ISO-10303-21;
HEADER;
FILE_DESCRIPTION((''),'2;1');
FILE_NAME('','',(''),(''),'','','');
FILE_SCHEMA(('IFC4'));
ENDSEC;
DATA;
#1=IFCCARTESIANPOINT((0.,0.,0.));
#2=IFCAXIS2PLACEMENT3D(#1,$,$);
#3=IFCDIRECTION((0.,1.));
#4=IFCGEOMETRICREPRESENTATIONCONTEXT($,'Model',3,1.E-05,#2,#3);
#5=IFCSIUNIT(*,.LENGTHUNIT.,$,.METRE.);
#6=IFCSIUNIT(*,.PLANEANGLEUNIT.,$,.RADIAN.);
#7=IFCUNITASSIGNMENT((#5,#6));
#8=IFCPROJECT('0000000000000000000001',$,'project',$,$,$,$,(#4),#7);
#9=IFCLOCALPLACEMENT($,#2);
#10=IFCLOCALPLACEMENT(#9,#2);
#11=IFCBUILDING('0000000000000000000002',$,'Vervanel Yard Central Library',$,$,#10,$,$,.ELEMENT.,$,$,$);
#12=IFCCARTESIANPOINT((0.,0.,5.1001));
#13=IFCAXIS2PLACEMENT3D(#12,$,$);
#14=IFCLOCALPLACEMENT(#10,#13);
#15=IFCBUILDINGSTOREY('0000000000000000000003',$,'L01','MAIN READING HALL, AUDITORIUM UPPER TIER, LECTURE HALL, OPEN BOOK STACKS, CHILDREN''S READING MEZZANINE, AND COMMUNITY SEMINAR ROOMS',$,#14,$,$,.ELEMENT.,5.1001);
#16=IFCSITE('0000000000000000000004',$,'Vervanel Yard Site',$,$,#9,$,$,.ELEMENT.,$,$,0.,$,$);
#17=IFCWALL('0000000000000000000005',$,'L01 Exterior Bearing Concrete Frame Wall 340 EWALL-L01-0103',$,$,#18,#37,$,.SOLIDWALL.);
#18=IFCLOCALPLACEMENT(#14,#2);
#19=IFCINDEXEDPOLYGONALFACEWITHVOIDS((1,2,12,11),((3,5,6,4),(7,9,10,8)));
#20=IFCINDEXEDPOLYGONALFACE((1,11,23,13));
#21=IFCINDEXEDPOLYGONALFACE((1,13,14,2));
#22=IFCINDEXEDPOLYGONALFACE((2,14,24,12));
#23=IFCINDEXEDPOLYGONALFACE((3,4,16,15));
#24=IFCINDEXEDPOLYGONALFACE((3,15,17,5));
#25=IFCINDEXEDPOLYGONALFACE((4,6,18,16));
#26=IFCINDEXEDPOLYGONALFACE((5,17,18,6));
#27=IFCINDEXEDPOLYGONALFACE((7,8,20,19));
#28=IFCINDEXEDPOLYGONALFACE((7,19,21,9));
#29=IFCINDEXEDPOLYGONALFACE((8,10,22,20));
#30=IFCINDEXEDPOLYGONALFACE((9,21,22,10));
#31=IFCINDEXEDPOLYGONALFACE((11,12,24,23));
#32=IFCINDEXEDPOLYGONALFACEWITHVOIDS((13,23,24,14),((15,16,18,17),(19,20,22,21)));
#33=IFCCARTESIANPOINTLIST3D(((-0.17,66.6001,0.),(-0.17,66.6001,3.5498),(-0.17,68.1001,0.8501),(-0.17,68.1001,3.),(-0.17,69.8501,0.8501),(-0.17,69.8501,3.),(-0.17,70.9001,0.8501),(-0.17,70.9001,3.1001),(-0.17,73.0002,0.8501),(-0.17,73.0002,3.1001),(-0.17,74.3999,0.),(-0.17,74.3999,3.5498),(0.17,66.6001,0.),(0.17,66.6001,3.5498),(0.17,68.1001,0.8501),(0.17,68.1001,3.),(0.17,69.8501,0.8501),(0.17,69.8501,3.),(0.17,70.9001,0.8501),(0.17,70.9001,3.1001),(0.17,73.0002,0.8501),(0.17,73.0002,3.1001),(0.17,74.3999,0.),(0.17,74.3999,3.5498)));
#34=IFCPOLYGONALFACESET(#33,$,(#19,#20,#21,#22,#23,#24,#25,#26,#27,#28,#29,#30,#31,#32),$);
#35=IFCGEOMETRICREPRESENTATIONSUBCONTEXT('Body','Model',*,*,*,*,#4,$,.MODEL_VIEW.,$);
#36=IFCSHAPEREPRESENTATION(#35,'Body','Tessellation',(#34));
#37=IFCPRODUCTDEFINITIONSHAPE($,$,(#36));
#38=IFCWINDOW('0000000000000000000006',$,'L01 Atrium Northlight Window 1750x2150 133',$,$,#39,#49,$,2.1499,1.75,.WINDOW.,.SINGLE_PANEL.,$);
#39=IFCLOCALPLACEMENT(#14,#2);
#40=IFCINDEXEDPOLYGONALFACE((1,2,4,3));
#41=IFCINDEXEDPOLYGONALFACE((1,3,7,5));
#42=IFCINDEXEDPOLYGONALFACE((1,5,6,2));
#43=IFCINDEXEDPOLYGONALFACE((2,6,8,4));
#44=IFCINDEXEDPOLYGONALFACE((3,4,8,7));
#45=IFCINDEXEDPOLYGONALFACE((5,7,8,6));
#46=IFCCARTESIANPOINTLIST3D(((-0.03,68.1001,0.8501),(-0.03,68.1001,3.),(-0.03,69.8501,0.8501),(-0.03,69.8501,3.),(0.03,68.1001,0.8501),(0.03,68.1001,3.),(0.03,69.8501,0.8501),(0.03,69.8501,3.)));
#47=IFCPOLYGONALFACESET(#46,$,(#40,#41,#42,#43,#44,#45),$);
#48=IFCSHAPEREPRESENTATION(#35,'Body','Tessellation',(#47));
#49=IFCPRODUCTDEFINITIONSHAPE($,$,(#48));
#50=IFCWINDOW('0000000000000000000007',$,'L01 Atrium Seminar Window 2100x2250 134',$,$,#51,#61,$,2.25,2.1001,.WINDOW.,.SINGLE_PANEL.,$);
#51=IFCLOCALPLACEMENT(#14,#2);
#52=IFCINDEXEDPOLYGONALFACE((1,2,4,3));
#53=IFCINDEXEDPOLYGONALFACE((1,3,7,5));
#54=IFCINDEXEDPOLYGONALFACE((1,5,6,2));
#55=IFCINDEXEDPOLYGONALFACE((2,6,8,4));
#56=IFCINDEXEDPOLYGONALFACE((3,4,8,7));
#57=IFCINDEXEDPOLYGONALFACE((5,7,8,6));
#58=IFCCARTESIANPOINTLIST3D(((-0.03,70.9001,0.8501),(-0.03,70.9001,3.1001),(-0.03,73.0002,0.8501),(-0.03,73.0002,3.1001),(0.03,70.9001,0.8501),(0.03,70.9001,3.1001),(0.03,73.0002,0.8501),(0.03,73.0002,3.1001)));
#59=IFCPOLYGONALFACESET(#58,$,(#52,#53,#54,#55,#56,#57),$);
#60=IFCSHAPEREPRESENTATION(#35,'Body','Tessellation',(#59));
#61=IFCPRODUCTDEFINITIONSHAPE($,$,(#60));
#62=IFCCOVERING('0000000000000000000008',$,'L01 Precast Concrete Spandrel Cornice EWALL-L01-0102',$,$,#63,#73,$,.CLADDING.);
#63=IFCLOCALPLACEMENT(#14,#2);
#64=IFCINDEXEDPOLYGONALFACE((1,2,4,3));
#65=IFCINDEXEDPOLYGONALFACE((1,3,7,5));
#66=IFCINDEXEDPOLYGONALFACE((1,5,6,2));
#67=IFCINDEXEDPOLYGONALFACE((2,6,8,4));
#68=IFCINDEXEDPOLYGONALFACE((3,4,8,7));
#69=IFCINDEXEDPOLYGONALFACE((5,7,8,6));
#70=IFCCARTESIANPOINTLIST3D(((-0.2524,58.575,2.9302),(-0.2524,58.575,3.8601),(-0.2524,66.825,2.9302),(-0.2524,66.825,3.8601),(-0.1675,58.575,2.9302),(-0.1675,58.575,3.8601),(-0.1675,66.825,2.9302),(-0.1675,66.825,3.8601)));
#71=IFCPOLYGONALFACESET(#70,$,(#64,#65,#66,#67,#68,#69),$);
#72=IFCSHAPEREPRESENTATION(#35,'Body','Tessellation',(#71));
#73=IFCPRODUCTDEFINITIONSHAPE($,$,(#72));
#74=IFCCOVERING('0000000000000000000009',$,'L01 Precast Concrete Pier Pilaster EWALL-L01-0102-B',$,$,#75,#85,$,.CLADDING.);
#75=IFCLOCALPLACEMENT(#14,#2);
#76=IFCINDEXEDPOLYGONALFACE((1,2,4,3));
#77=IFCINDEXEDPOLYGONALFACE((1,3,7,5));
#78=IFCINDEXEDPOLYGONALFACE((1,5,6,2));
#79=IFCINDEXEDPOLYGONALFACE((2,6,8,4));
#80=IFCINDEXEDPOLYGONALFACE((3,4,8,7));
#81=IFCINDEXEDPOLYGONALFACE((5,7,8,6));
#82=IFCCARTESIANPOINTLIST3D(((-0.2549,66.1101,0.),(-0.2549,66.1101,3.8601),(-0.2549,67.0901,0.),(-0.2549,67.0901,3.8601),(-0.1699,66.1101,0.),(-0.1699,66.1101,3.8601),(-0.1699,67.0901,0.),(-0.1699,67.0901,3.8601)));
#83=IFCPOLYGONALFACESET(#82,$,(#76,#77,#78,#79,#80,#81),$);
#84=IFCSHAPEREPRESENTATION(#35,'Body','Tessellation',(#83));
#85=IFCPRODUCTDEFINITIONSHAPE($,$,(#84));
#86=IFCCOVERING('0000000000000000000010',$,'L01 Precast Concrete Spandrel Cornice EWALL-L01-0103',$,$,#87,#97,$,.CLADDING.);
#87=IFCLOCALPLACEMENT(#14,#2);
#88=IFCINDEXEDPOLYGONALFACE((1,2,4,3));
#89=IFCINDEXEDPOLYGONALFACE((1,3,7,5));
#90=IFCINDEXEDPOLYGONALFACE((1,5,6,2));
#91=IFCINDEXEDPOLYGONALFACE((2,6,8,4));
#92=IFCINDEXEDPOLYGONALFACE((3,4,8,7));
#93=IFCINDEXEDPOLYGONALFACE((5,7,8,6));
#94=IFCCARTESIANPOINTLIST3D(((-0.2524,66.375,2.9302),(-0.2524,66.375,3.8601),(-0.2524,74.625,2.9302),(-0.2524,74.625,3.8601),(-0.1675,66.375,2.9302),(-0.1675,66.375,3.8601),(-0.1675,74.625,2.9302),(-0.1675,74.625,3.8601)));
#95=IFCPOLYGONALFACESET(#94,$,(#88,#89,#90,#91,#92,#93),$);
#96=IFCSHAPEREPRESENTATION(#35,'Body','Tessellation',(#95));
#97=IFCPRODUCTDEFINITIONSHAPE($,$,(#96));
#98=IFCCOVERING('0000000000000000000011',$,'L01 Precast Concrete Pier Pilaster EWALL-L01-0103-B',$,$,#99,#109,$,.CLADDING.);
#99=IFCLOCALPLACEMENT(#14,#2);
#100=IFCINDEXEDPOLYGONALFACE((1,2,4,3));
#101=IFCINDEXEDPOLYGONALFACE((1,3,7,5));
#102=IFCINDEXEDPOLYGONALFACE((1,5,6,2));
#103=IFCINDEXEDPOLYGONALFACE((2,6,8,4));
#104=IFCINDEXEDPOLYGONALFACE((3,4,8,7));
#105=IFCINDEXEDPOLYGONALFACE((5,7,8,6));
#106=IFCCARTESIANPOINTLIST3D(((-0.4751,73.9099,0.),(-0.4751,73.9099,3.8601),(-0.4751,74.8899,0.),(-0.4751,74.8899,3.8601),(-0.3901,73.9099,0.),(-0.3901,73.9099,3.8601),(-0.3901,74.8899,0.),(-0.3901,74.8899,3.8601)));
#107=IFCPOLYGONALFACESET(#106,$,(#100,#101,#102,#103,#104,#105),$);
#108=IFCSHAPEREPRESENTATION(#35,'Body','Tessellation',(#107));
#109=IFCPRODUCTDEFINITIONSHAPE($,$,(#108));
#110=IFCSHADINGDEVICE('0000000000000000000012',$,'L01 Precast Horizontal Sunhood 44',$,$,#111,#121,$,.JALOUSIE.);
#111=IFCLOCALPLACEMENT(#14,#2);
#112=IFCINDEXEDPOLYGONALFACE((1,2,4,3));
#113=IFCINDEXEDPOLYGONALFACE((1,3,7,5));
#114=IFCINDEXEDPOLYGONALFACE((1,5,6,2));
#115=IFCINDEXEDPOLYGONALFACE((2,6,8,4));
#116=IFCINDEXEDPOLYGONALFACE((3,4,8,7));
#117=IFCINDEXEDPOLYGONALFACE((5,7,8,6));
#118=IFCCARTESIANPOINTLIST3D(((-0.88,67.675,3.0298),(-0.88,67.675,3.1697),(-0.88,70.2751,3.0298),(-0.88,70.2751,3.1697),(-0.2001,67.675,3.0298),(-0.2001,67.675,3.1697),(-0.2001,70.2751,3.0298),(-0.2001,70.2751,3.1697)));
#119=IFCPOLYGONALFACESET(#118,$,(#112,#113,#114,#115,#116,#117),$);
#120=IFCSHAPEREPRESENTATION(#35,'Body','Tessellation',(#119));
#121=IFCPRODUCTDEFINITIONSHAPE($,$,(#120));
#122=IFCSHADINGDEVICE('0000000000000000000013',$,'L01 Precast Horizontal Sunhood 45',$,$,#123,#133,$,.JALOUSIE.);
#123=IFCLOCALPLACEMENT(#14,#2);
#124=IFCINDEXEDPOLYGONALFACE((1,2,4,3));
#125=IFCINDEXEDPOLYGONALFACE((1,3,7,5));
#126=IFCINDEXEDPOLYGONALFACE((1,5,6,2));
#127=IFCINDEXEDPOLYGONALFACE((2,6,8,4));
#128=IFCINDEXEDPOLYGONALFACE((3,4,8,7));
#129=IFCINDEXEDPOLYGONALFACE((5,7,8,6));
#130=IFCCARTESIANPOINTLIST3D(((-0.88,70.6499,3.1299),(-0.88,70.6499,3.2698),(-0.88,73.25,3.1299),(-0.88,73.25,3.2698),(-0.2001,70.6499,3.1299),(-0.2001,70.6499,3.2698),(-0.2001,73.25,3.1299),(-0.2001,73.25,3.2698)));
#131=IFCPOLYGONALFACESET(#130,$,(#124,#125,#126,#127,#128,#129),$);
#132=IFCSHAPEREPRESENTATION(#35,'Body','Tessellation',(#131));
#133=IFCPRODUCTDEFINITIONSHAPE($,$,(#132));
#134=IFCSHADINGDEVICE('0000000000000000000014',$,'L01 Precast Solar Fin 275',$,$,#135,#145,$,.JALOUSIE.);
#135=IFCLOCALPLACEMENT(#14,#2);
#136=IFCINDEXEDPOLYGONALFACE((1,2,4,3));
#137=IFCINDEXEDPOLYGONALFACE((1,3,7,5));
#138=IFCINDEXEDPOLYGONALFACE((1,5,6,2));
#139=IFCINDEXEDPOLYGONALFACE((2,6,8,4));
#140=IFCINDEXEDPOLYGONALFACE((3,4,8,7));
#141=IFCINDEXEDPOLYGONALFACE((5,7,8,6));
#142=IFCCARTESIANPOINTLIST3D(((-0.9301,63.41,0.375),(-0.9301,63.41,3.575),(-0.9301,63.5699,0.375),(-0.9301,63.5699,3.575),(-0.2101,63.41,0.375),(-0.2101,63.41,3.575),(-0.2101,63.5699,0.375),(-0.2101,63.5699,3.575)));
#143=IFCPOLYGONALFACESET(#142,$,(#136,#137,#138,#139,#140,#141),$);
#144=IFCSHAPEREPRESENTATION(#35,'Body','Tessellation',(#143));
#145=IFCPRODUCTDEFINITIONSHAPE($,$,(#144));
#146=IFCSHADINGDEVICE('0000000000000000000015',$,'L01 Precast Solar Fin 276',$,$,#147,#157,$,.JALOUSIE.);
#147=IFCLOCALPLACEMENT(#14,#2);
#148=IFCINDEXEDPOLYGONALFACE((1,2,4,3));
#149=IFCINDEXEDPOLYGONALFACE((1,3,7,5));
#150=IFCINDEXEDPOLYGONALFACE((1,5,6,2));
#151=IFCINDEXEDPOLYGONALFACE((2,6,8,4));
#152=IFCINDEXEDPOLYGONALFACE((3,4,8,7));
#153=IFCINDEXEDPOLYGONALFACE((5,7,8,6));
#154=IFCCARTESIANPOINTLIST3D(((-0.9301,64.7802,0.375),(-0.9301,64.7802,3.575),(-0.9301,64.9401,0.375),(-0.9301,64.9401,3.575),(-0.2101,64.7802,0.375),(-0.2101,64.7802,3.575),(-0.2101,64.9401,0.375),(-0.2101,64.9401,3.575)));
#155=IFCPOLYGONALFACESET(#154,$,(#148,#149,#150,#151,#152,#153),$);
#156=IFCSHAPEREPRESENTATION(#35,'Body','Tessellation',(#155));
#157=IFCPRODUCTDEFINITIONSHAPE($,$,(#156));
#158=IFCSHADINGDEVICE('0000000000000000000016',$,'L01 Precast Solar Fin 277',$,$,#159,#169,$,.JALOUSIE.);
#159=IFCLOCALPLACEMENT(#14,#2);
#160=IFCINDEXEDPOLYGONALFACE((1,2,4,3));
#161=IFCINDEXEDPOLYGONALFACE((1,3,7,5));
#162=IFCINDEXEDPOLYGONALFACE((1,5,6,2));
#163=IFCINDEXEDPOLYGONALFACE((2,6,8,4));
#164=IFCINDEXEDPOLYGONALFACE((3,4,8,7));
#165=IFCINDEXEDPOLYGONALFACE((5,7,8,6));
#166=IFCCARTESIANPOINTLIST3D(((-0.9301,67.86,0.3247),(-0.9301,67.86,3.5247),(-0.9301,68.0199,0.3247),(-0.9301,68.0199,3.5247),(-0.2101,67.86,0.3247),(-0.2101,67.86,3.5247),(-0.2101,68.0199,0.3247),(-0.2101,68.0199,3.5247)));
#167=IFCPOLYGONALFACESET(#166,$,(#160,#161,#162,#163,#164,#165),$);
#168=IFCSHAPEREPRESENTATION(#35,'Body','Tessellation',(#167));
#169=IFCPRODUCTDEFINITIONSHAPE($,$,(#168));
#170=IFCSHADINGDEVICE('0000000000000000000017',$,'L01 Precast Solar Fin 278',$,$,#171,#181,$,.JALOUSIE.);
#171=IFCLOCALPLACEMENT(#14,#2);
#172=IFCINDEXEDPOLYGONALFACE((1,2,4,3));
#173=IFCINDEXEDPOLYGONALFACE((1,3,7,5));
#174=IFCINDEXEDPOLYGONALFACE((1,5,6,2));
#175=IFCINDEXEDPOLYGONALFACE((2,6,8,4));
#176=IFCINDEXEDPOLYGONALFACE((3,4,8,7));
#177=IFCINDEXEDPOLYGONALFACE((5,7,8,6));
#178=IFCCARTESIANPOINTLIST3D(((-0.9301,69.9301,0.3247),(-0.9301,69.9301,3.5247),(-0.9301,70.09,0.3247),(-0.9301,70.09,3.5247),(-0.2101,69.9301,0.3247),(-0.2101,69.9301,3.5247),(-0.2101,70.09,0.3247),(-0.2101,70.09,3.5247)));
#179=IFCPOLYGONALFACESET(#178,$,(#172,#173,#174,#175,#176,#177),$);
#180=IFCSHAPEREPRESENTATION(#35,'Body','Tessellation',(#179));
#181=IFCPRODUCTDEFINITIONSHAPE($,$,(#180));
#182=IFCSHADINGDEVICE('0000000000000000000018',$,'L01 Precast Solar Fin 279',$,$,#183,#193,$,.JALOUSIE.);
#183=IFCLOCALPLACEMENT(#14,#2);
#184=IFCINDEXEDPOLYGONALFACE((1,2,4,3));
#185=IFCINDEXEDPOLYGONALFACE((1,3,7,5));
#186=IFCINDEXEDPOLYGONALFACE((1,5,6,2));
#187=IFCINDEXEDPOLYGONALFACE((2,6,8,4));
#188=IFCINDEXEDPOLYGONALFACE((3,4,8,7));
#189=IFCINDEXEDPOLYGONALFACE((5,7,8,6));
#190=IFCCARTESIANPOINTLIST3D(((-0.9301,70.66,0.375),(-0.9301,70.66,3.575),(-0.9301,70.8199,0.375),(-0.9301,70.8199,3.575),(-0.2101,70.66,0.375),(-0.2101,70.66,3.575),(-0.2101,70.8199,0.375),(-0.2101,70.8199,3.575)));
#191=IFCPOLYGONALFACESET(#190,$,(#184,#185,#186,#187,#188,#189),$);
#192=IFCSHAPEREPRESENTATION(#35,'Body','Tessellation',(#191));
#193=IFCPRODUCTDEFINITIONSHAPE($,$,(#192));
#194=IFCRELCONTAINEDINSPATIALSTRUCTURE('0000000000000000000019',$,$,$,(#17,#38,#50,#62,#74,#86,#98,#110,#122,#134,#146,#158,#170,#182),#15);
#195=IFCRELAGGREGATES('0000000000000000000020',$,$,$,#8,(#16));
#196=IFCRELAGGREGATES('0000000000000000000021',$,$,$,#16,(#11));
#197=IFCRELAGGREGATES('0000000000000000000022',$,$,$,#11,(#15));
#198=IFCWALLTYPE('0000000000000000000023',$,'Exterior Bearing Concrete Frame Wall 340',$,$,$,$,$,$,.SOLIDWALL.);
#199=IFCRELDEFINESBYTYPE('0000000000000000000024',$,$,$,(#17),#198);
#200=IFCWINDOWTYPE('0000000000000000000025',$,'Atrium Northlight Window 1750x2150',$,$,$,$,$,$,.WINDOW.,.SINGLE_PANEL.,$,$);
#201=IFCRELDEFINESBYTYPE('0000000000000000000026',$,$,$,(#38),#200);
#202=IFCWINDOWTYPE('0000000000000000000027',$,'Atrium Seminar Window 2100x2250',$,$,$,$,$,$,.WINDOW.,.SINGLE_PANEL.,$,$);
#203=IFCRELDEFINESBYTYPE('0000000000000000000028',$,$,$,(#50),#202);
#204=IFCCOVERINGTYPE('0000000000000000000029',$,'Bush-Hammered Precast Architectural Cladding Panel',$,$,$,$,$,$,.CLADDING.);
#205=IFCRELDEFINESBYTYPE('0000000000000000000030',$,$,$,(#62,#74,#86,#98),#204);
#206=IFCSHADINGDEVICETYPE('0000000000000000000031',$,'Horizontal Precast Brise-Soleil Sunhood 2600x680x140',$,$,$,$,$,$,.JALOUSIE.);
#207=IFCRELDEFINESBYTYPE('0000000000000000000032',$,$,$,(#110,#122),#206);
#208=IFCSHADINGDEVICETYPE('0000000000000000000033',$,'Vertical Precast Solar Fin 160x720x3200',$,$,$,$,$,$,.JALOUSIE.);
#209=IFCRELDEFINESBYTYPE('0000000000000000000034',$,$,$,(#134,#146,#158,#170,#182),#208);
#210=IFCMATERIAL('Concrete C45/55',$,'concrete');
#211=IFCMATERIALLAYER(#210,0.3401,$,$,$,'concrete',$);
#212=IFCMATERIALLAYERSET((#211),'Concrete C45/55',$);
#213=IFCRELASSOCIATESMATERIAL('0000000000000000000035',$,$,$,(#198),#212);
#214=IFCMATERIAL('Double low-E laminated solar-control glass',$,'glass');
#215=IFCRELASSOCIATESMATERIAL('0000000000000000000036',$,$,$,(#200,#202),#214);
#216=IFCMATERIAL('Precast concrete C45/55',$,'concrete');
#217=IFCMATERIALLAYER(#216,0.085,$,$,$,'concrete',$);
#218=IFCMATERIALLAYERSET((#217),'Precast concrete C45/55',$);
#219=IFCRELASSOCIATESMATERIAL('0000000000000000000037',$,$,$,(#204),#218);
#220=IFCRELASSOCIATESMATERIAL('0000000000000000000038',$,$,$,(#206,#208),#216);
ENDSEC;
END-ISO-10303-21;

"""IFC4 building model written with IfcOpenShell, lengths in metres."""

from ifc_helpers import new_model, si_unit, direction, frame, frame_2d, origin, origin_2d, place, context, subcontext, project, spatial, rectangle, extrude, material, layer, layer_set, type_object, element, fill, save


model = new_model("IFC4")

# Units and contexts
model_context = context("Model", 3, precision=1e-05, world=origin(), true_north=direction((0.0, 1.0)))
body_context = subcontext(model_context, "Body", "Model", "MODEL_VIEW")
ifc_project = project(units=[si_unit("LENGTHUNIT", "METRE"), si_unit("PLANEANGLEUNIT", "RADIAN")], contexts=[model_context])

# Site, building, storey
site_placement = place(None, origin())
site = spatial("IfcSite", under=ifc_project, at=site_placement, Name="Vervanel Yard Site", CompositionType="ELEMENT", RefElevation=0.0)
building_placement = place(site_placement, origin())
building = spatial("IfcBuilding", under=site, at=building_placement, Name="Vervanel Yard Central Library", CompositionType="ELEMENT")
storey_placement = place(building_placement, frame((0.0, 0.0, 5.1001)))
storey = spatial("IfcBuildingStorey", under=building, at=storey_placement, Name="L01", Description="MAIN READING HALL, AUDITORIUM UPPER TIER, LECTURE HALL, OPEN BOOK STACKS, CHILDREN'S READING MEZZANINE, AND COMMUNITY SEMINAR ROOMS", CompositionType="ELEMENT", Elevation=5.1001)

# Wall, openings, windows
ifc_material_1 = material(Name="Concrete C45/55", Category="concrete")
ifc_layer_1 = layer(ifc_material_1, 0.3401, Category="concrete")
ifc_layer_set_1 = layer_set([ifc_layer_1], Name="Concrete C45/55")
wall_type = type_object("IfcWallType", Name="Exterior Bearing Concrete Frame Wall 340", PredefinedType="SOLIDWALL", material=ifc_layer_set_1)
wall_placement = place(storey_placement, frame((0.0, 66.6001, 0.0), z_axis=(0.0, 0.0, 1.0), x_axis=(0.0, 1.0, 0.0)))
wall = element("IfcWall", 1, at=wall_placement, inside=storey, type_object=wall_type, Name="L01 Exterior Bearing Concrete Frame Wall 340 EWALL-L01-0103", PredefinedType="SOLIDWALL", context=body_context, shape_type="SweptSolid", body=[
    extrude(rectangle(XDim=7.7998, YDim=0.3401, at=frame_2d((3.8999, 0.0))), origin(), (0.0, 0.0, 1.0), 3.5498),
])
opening_1_placement = place(wall_placement, frame((1.5, 0.0, 0.8501)))
opening_1 = element("IfcOpeningElement", 2, at=opening_1_placement, cuts=wall, PredefinedType="OPENING", context=body_context, shape_type="SweptSolid", body=[
    extrude(rectangle(XDim=1.75, YDim=2.1499, at=frame_2d((0.875, 1.075))), frame((0.0, 0.1799, 0.0), z_axis=(0.0, -1.0, 0.0), x_axis=(1.0, 0.0, 0.0)), (0.0, 0.0, 1.0), 0.3601),
])
opening_2_placement = place(wall_placement, frame((4.3, 0.0, 0.8501)))
opening_2 = element("IfcOpeningElement", 3, at=opening_2_placement, cuts=wall, PredefinedType="OPENING", context=body_context, shape_type="SweptSolid", body=[
    extrude(rectangle(XDim=2.1001, YDim=2.25, at=frame_2d((1.05, 1.125))), frame((0.0, 0.1799, 0.0), z_axis=(0.0, -1.0, 0.0), x_axis=(1.0, 0.0, 0.0)), (0.0, 0.0, 1.0), 0.3601),
])
ifc_material_2 = material(Name="Double low-E laminated solar-control glass", Category="glass")
window_type_1 = type_object("IfcWindowType", Name="Atrium Northlight Window 1750x2150", PartitioningType="SINGLE_PANEL", PredefinedType="WINDOW", material=ifc_material_2)
window_1_placement = place(opening_1_placement, origin())
window_1 = element("IfcWindow", 4, at=window_1_placement, inside=storey, type_object=window_type_1, Name="L01 Atrium Northlight Window 1750x2150 133", OverallHeight=2.1499, OverallWidth=1.75, PartitioningType="SINGLE_PANEL", PredefinedType="WINDOW", context=body_context, shape_type="SweptSolid", body=[
    extrude(rectangle(XDim=1.75, YDim=2.1499, at=frame_2d((0.875, 1.075))), frame((0.0, 0.03, 0.0), z_axis=(0.0, -1.0, 0.0), x_axis=(1.0, 0.0, 0.0)), (0.0, 0.0, 1.0), 0.0601),
])
fill(opening_1, window_1)
window_type_2 = type_object("IfcWindowType", Name="Atrium Seminar Window 2100x2250", PartitioningType="SINGLE_PANEL", PredefinedType="WINDOW", material=ifc_material_2)
window_2_placement = place(opening_2_placement, origin())
window_2 = element("IfcWindow", 5, at=window_2_placement, inside=storey, type_object=window_type_2, Name="L01 Atrium Seminar Window 2100x2250 134", OverallHeight=2.25, OverallWidth=2.1001, PartitioningType="SINGLE_PANEL", PredefinedType="WINDOW", context=body_context, shape_type="SweptSolid", body=[
    extrude(rectangle(XDim=2.1001, YDim=2.25, at=frame_2d((1.05, 1.125))), frame((0.0, 0.03, 0.0), z_axis=(0.0, -1.0, 0.0), x_axis=(1.0, 0.0, 0.0)), (0.0, 0.0, 1.0), 0.0601),
])
fill(opening_2, window_2)

# Coverings
ifc_material_3 = material(Name="Precast concrete C45/55", Category="concrete")
ifc_layer_2 = layer(ifc_material_3, 0.085, Category="concrete")
ifc_layer_set_2 = layer_set([ifc_layer_2], Name="Precast concrete C45/55")
covering_type = type_object("IfcCoveringType", Name="Bush-Hammered Precast Architectural Cladding Panel", PredefinedType="CLADDING", material=ifc_layer_set_2)
covering_1_placement = place(storey_placement, frame((-0.21, 62.7, 2.9302), z_axis=(0.0, 0.0, 1.0), x_axis=(0.0, 1.0, 0.0)))
element("IfcCovering", 6, at=covering_1_placement, inside=storey, type_object=covering_type, Name="L01 Precast Concrete Spandrel Cornice EWALL-L01-0102", PredefinedType="CLADDING", context=body_context, shape_type="SweptSolid", body=[
    extrude(rectangle(XDim=8.25, YDim=0.085, at=origin_2d()), origin(), (0.0, 0.0, 1.0), 0.9299),
])
covering_2_placement = place(storey_placement, frame((-0.2124, 66.6001, 0.0), z_axis=(0.0, 0.0, 1.0), x_axis=(0.0, 1.0, 0.0)))
element("IfcCovering", 7, at=covering_2_placement, inside=storey, type_object=covering_type, Name="L01 Precast Concrete Pier Pilaster EWALL-L01-0102-B", PredefinedType="CLADDING", context=body_context, shape_type="SweptSolid", body=[
    extrude(rectangle(XDim=0.98, YDim=0.085, at=origin_2d()), origin(), (0.0, 0.0, 1.0), 3.8601),
])
covering_3_placement = place(storey_placement, frame((-0.21, 70.5, 2.9302), z_axis=(0.0, 0.0, 1.0), x_axis=(0.0, 1.0, 0.0)))
element("IfcCovering", 8, at=covering_3_placement, inside=storey, type_object=covering_type, Name="L01 Precast Concrete Spandrel Cornice EWALL-L01-0103", PredefinedType="CLADDING", context=body_context, shape_type="SweptSolid", body=[
    extrude(rectangle(XDim=8.25, YDim=0.085, at=origin_2d()), origin(), (0.0, 0.0, 1.0), 0.9299),
])
covering_4_placement = place(storey_placement, frame((-0.4326, 74.3999, 0.0), z_axis=(0.0, 0.0, 1.0), x_axis=(0.0, 1.0, 0.0)))
element("IfcCovering", 9, at=covering_4_placement, inside=storey, type_object=covering_type, Name="L01 Precast Concrete Pier Pilaster EWALL-L01-0103-B", PredefinedType="CLADDING", context=body_context, shape_type="SweptSolid", body=[
    extrude(rectangle(XDim=0.98, YDim=0.085, at=origin_2d()), origin(), (0.0, 0.0, 1.0), 3.8601),
])

# Shading devices
shading_device_type_1 = type_object("IfcShadingDeviceType", Name="Horizontal Precast Brise-Soleil Sunhood 2600x680x140", PredefinedType="JALOUSIE", material=ifc_material_3)
for number, where, z_axis, x_axis, name in (
    (10, (-0.54, 68.9751, 3.0298), (0.0, 0.0, 1.0), (0.0, 1.0, 0.0), "L01 Precast Horizontal Sunhood 44"),
    (11, (-0.54, 71.95, 3.1299), (0.0, 0.0, 1.0), (0.0, 1.0, 0.0), "L01 Precast Horizontal Sunhood 45"),
):
    element("IfcShadingDevice", number, at=place(storey_placement, frame(where, z_axis=z_axis, x_axis=x_axis)), inside=storey, type_object=shading_device_type_1, Name=name, PredefinedType="JALOUSIE", context=body_context, shape_type="SweptSolid", body=[
        extrude(rectangle(XDim=2.6001, YDim=0.6799, at=origin_2d()), origin(), (0.0, 0.0, 1.0), 0.1399),
    ])
shading_device_type_2 = type_object("IfcShadingDeviceType", Name="Vertical Precast Solar Fin 160x720x3200", PredefinedType="JALOUSIE", material=ifc_material_3)
for number, where, z_axis, x_axis, name in (
    (12, (-0.5701, 63.49, 0.375), (0.0, 0.0, 1.0), (0.0, 1.0, 0.0), "L01 Precast Solar Fin 275"),
    (13, (-0.5701, 64.8601, 0.375), (0.0, 0.0, 1.0), (0.0, 1.0, 0.0), "L01 Precast Solar Fin 276"),
    (14, (-0.5701, 67.9399, 0.3247), (0.0, 0.0, 1.0), (0.0, 1.0, 0.0), "L01 Precast Solar Fin 277"),
    (15, (-0.5701, 70.01, 0.3247), (0.0, 0.0, 1.0), (0.0, 1.0, 0.0), "L01 Precast Solar Fin 278"),
    (16, (-0.5701, 70.74, 0.375), (0.0, 0.0, 1.0), (0.0, 1.0, 0.0), "L01 Precast Solar Fin 279"),
):
    element("IfcShadingDevice", number, at=place(storey_placement, frame(where, z_axis=z_axis, x_axis=x_axis)), inside=storey, type_object=shading_device_type_2, Name=name, PredefinedType="JALOUSIE", context=body_context, shape_type="SweptSolid", body=[
        extrude(rectangle(XDim=0.1599, YDim=0.72, at=origin_2d()), origin(), (0.0, 0.0, 1.0), 3.2),
    ])

save(model, "model.ifc")
